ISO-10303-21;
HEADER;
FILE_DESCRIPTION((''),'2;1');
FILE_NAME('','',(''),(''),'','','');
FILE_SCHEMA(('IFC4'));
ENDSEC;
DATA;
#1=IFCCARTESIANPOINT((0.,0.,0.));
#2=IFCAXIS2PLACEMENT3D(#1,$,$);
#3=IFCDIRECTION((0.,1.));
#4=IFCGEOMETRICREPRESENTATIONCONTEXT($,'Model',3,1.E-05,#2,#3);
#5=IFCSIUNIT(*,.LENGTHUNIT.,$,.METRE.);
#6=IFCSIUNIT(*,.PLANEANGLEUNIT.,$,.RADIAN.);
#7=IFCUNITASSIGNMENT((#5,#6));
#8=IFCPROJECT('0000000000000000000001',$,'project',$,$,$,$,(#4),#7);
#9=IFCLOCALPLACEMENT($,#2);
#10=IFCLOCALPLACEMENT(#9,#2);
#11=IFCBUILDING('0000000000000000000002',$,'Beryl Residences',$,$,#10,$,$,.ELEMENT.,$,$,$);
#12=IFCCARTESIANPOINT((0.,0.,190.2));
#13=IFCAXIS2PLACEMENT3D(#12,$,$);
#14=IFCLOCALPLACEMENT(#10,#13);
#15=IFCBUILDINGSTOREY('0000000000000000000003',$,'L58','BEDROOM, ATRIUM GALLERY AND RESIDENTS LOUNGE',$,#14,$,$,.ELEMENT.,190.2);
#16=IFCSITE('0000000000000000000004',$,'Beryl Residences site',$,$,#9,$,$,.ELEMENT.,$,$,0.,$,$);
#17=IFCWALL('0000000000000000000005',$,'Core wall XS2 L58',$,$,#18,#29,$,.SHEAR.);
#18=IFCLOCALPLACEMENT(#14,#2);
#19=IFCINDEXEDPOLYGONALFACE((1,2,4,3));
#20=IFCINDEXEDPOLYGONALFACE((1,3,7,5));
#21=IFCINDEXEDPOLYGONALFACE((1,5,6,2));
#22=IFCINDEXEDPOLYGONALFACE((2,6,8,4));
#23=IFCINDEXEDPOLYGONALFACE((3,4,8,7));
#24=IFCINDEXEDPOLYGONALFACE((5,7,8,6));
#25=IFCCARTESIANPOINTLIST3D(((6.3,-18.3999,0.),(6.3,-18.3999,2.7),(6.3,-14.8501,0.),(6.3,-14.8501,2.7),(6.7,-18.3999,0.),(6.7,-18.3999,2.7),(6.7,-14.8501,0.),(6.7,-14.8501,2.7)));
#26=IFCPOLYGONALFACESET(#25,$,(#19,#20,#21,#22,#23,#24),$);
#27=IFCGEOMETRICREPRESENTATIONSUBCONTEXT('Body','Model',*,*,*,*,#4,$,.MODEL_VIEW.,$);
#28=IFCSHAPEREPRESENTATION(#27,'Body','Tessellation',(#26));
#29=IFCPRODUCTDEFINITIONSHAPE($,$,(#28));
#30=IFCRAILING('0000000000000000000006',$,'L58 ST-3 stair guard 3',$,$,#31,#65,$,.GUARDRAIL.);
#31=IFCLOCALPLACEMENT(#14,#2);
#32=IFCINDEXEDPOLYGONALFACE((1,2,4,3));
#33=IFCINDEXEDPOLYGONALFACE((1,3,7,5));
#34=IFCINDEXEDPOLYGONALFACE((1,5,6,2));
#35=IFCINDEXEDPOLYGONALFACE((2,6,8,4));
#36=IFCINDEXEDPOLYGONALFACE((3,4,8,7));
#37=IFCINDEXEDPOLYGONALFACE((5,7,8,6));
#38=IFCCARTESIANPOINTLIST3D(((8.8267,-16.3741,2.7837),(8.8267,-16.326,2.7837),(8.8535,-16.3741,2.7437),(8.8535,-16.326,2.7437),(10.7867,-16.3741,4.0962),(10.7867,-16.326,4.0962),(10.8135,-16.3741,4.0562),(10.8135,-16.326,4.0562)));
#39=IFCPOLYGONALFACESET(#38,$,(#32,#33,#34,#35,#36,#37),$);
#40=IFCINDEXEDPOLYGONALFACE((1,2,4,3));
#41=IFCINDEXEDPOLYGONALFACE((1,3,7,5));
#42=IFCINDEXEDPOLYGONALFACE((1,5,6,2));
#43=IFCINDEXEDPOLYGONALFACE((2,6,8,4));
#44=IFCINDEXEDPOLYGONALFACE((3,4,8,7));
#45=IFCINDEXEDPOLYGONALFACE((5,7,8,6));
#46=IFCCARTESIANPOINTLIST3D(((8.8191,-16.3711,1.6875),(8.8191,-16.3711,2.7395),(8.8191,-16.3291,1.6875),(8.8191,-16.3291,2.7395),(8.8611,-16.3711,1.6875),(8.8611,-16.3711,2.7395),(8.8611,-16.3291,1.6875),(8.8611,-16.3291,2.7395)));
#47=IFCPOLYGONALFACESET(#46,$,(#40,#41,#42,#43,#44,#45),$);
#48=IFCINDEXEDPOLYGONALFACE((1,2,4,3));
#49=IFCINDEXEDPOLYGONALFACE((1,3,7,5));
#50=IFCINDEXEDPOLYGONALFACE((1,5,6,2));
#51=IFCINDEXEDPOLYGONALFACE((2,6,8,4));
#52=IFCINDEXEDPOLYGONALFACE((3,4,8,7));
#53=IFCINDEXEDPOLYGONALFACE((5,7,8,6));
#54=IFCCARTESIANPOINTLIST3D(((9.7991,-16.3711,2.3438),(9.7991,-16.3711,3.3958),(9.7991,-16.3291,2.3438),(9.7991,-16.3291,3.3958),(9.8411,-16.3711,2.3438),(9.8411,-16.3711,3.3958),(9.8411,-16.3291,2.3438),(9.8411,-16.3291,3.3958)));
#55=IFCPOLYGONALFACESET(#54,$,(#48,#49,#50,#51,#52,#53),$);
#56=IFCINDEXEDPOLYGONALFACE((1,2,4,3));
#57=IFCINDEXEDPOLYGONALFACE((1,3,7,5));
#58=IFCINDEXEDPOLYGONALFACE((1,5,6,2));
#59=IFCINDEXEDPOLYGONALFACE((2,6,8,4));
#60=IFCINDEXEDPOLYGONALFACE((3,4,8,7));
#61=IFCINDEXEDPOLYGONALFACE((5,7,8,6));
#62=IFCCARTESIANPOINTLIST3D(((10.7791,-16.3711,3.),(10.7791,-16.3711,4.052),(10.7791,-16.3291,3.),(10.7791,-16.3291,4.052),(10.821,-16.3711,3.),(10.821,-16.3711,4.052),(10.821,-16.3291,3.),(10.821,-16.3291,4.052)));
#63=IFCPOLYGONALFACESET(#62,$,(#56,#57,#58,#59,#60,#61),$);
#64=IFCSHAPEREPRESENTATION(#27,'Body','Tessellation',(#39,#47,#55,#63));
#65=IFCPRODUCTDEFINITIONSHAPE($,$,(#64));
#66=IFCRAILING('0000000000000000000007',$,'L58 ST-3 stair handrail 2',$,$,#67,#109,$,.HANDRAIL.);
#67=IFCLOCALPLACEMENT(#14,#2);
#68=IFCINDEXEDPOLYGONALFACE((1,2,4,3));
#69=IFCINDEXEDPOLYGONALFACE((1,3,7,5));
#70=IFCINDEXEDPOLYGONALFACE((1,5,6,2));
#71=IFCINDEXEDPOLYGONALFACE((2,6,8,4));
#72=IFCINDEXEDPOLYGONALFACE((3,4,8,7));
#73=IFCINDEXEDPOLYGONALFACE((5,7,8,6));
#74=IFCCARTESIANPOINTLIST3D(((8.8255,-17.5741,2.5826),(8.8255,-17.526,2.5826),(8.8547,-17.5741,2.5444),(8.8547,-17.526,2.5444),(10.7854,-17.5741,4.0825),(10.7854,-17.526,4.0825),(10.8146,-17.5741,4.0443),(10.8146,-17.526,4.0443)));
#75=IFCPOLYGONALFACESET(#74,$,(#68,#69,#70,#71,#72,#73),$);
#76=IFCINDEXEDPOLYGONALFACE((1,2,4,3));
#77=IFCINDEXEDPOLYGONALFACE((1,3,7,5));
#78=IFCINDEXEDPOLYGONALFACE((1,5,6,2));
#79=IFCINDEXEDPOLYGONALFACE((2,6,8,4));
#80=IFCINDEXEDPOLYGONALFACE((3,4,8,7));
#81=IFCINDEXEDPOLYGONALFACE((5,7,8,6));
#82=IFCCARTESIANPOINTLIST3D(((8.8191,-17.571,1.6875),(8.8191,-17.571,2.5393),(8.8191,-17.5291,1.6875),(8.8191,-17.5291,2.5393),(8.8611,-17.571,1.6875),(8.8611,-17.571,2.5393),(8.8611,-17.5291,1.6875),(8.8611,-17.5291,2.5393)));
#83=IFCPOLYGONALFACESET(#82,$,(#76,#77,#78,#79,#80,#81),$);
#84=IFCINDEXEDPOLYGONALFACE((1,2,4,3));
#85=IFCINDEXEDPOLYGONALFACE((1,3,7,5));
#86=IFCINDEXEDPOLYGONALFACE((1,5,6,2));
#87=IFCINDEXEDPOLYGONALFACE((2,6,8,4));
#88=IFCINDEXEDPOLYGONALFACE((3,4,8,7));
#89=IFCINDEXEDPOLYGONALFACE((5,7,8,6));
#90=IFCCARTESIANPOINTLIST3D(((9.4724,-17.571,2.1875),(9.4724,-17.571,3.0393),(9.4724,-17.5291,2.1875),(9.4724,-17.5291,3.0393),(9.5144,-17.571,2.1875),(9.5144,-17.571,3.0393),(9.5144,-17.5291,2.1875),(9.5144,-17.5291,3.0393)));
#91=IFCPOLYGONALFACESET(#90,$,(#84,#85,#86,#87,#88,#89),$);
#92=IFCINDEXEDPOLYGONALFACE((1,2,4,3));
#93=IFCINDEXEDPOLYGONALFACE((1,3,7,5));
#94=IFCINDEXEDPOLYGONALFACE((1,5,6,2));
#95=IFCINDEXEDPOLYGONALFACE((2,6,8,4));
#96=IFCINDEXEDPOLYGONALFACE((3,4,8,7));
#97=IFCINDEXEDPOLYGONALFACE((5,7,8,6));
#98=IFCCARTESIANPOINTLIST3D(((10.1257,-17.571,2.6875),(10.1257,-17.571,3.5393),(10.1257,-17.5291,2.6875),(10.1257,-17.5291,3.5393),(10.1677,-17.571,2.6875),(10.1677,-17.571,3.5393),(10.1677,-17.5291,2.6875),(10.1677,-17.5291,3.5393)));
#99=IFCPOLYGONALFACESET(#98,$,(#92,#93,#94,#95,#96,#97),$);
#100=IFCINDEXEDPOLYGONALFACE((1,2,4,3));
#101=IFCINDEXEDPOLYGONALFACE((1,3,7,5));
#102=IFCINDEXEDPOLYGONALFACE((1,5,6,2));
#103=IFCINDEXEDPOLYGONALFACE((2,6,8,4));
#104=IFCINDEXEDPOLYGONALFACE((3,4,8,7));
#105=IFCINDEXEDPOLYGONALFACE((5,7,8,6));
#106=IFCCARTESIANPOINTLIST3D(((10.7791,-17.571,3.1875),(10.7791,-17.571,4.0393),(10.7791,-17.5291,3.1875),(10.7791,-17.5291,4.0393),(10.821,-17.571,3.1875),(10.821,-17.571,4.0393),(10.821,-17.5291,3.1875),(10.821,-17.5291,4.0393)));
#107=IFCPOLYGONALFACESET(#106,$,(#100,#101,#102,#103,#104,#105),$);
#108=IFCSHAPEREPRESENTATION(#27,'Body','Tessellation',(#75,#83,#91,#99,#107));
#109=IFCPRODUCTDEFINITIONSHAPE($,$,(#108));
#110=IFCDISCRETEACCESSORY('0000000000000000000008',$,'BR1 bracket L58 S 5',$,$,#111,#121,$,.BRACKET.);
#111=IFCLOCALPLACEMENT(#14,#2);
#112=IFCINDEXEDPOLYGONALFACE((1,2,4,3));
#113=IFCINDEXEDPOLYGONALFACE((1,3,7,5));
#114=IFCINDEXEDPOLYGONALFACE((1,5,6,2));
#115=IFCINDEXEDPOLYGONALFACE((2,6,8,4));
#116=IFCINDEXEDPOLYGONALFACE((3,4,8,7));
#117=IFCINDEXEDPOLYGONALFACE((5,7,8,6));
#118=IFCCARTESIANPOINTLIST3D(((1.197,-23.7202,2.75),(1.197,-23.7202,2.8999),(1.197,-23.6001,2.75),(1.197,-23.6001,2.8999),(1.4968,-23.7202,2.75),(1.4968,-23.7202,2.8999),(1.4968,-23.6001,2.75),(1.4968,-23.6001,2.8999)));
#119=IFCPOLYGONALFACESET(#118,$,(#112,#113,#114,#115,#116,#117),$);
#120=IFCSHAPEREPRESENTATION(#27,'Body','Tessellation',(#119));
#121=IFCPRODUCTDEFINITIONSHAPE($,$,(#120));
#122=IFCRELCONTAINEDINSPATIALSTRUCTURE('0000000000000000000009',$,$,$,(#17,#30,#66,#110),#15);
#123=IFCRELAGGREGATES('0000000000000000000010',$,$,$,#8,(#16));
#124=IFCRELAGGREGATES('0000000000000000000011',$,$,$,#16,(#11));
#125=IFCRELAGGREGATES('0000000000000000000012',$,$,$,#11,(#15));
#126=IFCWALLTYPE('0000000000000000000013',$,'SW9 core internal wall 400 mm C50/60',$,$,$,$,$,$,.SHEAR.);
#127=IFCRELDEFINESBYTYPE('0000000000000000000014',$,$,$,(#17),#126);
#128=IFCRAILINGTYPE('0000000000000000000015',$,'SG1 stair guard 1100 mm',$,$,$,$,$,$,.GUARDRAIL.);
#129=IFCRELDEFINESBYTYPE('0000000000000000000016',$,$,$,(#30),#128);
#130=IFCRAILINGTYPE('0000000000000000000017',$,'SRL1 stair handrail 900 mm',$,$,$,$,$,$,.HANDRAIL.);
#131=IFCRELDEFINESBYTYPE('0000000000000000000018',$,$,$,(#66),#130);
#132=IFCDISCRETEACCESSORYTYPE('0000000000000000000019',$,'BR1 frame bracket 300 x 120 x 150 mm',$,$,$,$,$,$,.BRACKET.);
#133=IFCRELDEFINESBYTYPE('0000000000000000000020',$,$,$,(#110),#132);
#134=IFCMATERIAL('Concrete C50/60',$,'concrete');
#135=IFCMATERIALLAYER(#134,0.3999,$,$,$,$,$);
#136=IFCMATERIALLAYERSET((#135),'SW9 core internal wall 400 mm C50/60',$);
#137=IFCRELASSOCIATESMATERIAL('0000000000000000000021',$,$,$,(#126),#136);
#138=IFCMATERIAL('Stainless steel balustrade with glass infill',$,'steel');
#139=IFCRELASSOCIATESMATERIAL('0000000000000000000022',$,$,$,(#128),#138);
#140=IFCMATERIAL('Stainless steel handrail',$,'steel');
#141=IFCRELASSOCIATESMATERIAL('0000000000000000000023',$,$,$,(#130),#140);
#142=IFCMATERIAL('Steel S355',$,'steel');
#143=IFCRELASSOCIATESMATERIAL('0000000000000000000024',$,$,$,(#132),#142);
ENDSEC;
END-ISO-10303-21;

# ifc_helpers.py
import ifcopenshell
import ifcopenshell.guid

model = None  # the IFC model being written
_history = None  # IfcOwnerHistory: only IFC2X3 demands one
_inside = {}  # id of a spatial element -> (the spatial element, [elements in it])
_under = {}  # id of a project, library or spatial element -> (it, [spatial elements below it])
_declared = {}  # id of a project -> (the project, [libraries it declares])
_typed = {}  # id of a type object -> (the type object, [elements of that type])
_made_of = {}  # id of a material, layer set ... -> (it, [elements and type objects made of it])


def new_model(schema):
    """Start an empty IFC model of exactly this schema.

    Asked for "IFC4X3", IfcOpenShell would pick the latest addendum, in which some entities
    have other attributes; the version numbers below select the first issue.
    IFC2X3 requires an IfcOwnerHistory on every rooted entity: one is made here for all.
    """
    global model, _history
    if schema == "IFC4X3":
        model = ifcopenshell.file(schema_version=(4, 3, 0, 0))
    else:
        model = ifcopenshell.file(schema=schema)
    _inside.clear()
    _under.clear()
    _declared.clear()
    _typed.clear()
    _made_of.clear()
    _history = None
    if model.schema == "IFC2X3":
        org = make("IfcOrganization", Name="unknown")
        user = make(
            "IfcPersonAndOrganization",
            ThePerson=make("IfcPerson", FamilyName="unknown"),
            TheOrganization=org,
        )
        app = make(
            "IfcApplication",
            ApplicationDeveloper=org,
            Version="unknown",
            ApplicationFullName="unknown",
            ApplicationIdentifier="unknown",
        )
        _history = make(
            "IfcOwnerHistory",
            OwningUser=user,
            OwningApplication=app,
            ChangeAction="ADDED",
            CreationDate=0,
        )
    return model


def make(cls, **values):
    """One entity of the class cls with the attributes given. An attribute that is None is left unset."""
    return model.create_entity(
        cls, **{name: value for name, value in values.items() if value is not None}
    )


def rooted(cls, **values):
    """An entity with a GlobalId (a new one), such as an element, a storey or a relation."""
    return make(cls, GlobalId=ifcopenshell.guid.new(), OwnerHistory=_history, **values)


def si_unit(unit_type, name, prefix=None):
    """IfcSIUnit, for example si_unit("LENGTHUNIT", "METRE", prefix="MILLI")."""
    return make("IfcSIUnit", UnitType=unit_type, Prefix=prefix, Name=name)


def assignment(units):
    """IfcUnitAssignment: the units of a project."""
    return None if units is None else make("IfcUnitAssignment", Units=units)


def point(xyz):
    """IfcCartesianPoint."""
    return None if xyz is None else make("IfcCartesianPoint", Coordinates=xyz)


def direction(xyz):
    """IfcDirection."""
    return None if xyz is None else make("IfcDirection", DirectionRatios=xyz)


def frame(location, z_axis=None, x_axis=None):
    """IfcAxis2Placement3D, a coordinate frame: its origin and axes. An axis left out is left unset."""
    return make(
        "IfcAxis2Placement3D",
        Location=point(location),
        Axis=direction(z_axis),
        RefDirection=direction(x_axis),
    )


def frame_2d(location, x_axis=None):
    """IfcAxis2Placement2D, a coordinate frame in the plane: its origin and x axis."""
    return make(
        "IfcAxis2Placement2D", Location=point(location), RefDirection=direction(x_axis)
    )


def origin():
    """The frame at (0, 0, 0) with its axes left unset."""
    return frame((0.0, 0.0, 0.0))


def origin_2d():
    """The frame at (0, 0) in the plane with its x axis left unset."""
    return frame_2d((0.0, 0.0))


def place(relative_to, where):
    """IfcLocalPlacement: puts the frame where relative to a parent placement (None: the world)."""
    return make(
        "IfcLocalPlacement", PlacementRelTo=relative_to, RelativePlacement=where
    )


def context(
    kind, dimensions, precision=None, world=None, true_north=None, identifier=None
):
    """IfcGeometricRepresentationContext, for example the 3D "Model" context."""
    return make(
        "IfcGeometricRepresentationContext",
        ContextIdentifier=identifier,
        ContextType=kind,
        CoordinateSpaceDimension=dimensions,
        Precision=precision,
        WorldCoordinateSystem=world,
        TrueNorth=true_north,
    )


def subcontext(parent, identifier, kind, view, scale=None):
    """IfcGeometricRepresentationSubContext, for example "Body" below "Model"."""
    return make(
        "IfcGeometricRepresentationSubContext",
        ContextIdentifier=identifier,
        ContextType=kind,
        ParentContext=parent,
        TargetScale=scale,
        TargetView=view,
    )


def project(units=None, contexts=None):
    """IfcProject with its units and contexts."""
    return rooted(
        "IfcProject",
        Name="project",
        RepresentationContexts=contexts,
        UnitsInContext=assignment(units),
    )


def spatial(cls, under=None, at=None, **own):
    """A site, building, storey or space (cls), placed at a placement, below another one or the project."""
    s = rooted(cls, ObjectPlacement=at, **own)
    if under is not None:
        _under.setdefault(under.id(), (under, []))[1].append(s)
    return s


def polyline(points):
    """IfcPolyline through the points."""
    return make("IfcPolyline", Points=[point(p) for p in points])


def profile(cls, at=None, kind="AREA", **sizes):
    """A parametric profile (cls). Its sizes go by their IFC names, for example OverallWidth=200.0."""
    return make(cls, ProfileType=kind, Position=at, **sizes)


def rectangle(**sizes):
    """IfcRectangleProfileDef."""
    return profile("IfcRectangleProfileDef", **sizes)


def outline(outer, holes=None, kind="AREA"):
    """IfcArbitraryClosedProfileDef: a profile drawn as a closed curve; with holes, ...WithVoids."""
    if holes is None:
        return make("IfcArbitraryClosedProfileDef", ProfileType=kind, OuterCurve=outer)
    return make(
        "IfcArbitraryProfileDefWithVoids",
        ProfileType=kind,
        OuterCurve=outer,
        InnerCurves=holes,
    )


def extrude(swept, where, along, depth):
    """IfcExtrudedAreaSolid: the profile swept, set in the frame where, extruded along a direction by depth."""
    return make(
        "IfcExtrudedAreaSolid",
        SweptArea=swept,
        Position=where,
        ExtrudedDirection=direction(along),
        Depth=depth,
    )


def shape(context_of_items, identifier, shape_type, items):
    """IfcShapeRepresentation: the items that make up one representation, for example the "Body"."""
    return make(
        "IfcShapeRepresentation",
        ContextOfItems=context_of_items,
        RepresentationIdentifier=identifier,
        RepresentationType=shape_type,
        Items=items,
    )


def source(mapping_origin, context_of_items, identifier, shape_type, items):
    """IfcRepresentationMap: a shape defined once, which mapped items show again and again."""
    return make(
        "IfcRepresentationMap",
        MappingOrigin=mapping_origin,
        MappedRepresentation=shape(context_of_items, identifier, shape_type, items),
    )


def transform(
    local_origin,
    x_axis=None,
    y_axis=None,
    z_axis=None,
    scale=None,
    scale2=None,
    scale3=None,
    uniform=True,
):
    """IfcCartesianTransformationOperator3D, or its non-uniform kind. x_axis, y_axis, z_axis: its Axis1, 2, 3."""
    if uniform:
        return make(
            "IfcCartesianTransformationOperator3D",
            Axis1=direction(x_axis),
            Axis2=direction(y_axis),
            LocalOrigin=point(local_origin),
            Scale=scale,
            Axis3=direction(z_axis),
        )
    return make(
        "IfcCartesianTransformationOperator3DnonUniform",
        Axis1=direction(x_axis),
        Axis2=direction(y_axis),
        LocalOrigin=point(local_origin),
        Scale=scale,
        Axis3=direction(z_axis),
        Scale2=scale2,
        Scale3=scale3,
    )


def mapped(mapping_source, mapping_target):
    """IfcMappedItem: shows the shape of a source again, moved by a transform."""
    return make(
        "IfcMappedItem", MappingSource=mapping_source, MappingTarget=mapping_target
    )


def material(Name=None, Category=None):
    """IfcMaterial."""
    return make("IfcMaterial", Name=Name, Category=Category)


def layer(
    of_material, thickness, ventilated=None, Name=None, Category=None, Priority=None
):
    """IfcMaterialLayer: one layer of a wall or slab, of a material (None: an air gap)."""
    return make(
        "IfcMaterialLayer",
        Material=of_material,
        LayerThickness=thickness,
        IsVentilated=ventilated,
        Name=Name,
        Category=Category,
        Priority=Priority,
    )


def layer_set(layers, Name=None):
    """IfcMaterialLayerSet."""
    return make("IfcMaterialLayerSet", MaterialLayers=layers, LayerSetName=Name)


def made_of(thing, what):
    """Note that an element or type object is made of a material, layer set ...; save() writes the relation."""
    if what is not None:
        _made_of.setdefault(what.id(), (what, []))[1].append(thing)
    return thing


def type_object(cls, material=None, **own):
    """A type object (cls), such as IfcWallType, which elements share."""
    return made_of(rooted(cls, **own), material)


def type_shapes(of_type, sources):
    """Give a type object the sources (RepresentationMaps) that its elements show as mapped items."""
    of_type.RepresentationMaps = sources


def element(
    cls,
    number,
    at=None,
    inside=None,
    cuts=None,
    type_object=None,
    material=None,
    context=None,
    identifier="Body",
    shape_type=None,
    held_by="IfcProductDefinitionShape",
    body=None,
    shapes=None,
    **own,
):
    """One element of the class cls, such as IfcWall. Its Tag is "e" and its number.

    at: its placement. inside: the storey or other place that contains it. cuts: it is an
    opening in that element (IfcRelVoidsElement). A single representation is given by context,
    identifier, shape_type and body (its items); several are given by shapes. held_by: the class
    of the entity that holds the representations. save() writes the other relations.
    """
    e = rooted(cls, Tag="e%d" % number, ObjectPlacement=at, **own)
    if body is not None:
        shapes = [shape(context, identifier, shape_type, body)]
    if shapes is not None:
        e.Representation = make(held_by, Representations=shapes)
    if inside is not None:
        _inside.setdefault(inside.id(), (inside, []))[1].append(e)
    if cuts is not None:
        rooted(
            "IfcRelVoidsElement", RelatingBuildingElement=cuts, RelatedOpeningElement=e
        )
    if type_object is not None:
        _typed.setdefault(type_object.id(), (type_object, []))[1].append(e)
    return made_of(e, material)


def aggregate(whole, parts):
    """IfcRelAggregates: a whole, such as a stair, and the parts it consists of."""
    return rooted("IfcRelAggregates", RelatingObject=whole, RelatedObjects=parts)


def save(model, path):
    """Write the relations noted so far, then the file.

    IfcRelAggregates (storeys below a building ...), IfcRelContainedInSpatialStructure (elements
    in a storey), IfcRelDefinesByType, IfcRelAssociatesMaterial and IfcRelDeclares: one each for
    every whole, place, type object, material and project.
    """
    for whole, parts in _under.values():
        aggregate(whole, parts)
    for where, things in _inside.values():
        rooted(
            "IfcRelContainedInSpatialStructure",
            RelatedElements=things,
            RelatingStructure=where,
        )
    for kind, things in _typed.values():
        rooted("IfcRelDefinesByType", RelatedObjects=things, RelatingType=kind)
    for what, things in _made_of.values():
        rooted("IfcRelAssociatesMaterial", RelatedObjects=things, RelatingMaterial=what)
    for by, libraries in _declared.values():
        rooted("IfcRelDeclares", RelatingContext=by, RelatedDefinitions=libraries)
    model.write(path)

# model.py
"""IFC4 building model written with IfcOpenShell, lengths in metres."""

from ifc_helpers import new_model, si_unit, direction, frame, frame_2d, origin, origin_2d, place, context, subcontext, project, spatial, polyline, rectangle, outline, extrude, source, transform, mapped, material, layer, layer_set, type_object, type_shapes, element, save


model = new_model("IFC4")

# Units and contexts
model_context = context("Model", 3, precision=1e-05, world=origin(), true_north=direction((0.0, 1.0)))
body_context = subcontext(model_context, "Body", "Model", "MODEL_VIEW")
ifc_project = project(units=[si_unit("LENGTHUNIT", "METRE"), si_unit("PLANEANGLEUNIT", "RADIAN")], contexts=[model_context])

# Site, building, storey
site_placement = place(None, origin())
site = spatial("IfcSite", under=ifc_project, at=site_placement, Name="Beryl Residences site", CompositionType="ELEMENT", RefElevation=0.0)
building_placement = place(site_placement, origin())
building = spatial("IfcBuilding", under=site, at=building_placement, Name="Beryl Residences", CompositionType="ELEMENT")
storey_placement = place(building_placement, frame((0.0, 0.0, 190.2)))
storey = spatial("IfcBuildingStorey", under=building, at=storey_placement, Name="L58", Description="BEDROOM, ATRIUM GALLERY AND RESIDENTS LOUNGE", CompositionType="ELEMENT", Elevation=190.2)

# Wall
ifc_material_1 = material(Name="Concrete C50/60", Category="concrete")
ifc_layer_1 = layer(ifc_material_1, 0.3999)
ifc_layer_set_1 = layer_set([ifc_layer_1], Name="SW9 core internal wall 400 mm C50/60")
wall_type_1 = type_object("IfcWallType", Name="SW9 core internal wall 400 mm C50/60", PredefinedType="SHEAR", material=ifc_layer_set_1)
wall_1_placement = place(storey_placement, frame((6.5, -18.3999, 0.0), z_axis=(0.0, 0.0, 1.0), x_axis=(0.0, 1.0, 0.0)))
element("IfcWall", 1, at=wall_1_placement, inside=storey, type_object=wall_type_1, Name="Core wall XS2 L58", PredefinedType="SHEAR", context=body_context, shape_type="SweptSolid", body=[
    extrude(rectangle(XDim=3.5498, YDim=0.3999, at=frame_2d((1.7749, 0.0))), origin(), (0.0, 0.0, 1.0), 2.7),
])

# Railings
ifc_material_2 = material(Name="Stainless steel balustrade with glass infill", Category="steel")
railing_type_1 = type_object("IfcRailingType", Name="SG1 stair guard 1100 mm", PredefinedType="GUARDRAIL", material=ifc_material_2)
railing_1_placement = place(storey_placement, frame((8.8401, -16.3501, 1.6875)))
element("IfcRailing", 2, at=railing_1_placement, inside=storey, type_object=railing_type_1, Name="L58 ST-3 stair guard 3", PredefinedType="GUARDRAIL", context=body_context, shape_type="SweptSolid", body=[
    extrude(rectangle(XDim=0.0481, YDim=0.0481, at=origin_2d()), frame((0.0, 0.0, 1.0762), z_axis=(0.830902, 0.0, 0.556419), x_axis=(0.0, 1.0, 0.0)), (0.0, 0.0, 1.0), 2.3589),
    extrude(rectangle(XDim=0.042, YDim=0.042, at=origin_2d()), origin(), (0.0, 0.0, 1.0), 1.052),
    extrude(rectangle(XDim=0.042, YDim=0.042, at=origin_2d()), frame((0.98, 0.0, 0.6562)), (0.0, 0.0, 1.0), 1.052),
    extrude(rectangle(XDim=0.042, YDim=0.042, at=origin_2d()), frame((1.96, 0.0, 1.3125)), (0.0, 0.0, 1.0), 1.052),
])
ifc_material_3 = material(Name="Stainless steel handrail", Category="steel")
railing_type_2 = type_object("IfcRailingType", Name="SRL1 stair handrail 900 mm", PredefinedType="HANDRAIL", material=ifc_material_3)
railing_2_placement = place(storey_placement, frame((8.8401, -17.55, 1.6875)))
element("IfcRailing", 3, at=railing_2_placement, inside=storey, type_object=railing_type_2, Name="L58 ST-3 stair handrail 2", PredefinedType="HANDRAIL", context=body_context, shape_type="SweptSolid", body=[
    extrude(rectangle(XDim=0.0481, YDim=0.0481, at=origin_2d()), frame((0.0, 0.0, 0.876), z_axis=(0.794122, 0.0, 0.607758), x_axis=(0.0, 1.0, 0.0)), (0.0, 0.0, 1.0), 2.468),
    extrude(rectangle(XDim=0.042, YDim=0.042, at=origin_2d()), origin(), (0.0, 0.0, 1.0), 0.8518),
    extrude(rectangle(XDim=0.042, YDim=0.042, at=origin_2d()), frame((0.6533, 0.0, 0.5)), (0.0, 0.0, 1.0), 0.8518),
    extrude(rectangle(XDim=0.042, YDim=0.042, at=origin_2d()), frame((1.3066, 0.0, 1.0)), (0.0, 0.0, 1.0), 0.8518),
    extrude(rectangle(XDim=0.042, YDim=0.042, at=origin_2d()), frame((1.96, 0.0, 1.5)), (0.0, 0.0, 1.0), 0.8518),
])

# Discrete accessory
ifc_material_4 = material(Name="Steel S355", Category="steel")
discrete_accessory_type = type_object("IfcDiscreteAccessoryType", Name="BR1 frame bracket 300 x 120 x 150 mm", PredefinedType="BRACKET", material=ifc_material_4)
shared_shape_1 = source(origin(), body_context, "Body", "SweptSolid", [
    extrude(outline(polyline([(-0.1499, 0.0), (0.1499, 0.0), (0.1499, 0.1201), (-0.1499, 0.1201), (-0.1499, 0.0)])), origin(), (0.0, 0.0, 1.0), 0.1499),
])
type_shapes(discrete_accessory_type, [shared_shape_1])
discrete_accessory_placement = place(storey_placement, frame((1.3469, -23.6001, 2.75), z_axis=(0.0, 0.0, 1.0), x_axis=(-1.0, 0.0, 0.0)))
element("IfcDiscreteAccessory", 4, at=discrete_accessory_placement, inside=storey, type_object=discrete_accessory_type, Name="BR1 bracket L58 S 5", PredefinedType="BRACKET", context=body_context, shape_type="MappedRepresentation", body=[
    mapped(shared_shape_1, transform((0.0, 0.0, 0.0))),
])

save(model, "model.ifc")
